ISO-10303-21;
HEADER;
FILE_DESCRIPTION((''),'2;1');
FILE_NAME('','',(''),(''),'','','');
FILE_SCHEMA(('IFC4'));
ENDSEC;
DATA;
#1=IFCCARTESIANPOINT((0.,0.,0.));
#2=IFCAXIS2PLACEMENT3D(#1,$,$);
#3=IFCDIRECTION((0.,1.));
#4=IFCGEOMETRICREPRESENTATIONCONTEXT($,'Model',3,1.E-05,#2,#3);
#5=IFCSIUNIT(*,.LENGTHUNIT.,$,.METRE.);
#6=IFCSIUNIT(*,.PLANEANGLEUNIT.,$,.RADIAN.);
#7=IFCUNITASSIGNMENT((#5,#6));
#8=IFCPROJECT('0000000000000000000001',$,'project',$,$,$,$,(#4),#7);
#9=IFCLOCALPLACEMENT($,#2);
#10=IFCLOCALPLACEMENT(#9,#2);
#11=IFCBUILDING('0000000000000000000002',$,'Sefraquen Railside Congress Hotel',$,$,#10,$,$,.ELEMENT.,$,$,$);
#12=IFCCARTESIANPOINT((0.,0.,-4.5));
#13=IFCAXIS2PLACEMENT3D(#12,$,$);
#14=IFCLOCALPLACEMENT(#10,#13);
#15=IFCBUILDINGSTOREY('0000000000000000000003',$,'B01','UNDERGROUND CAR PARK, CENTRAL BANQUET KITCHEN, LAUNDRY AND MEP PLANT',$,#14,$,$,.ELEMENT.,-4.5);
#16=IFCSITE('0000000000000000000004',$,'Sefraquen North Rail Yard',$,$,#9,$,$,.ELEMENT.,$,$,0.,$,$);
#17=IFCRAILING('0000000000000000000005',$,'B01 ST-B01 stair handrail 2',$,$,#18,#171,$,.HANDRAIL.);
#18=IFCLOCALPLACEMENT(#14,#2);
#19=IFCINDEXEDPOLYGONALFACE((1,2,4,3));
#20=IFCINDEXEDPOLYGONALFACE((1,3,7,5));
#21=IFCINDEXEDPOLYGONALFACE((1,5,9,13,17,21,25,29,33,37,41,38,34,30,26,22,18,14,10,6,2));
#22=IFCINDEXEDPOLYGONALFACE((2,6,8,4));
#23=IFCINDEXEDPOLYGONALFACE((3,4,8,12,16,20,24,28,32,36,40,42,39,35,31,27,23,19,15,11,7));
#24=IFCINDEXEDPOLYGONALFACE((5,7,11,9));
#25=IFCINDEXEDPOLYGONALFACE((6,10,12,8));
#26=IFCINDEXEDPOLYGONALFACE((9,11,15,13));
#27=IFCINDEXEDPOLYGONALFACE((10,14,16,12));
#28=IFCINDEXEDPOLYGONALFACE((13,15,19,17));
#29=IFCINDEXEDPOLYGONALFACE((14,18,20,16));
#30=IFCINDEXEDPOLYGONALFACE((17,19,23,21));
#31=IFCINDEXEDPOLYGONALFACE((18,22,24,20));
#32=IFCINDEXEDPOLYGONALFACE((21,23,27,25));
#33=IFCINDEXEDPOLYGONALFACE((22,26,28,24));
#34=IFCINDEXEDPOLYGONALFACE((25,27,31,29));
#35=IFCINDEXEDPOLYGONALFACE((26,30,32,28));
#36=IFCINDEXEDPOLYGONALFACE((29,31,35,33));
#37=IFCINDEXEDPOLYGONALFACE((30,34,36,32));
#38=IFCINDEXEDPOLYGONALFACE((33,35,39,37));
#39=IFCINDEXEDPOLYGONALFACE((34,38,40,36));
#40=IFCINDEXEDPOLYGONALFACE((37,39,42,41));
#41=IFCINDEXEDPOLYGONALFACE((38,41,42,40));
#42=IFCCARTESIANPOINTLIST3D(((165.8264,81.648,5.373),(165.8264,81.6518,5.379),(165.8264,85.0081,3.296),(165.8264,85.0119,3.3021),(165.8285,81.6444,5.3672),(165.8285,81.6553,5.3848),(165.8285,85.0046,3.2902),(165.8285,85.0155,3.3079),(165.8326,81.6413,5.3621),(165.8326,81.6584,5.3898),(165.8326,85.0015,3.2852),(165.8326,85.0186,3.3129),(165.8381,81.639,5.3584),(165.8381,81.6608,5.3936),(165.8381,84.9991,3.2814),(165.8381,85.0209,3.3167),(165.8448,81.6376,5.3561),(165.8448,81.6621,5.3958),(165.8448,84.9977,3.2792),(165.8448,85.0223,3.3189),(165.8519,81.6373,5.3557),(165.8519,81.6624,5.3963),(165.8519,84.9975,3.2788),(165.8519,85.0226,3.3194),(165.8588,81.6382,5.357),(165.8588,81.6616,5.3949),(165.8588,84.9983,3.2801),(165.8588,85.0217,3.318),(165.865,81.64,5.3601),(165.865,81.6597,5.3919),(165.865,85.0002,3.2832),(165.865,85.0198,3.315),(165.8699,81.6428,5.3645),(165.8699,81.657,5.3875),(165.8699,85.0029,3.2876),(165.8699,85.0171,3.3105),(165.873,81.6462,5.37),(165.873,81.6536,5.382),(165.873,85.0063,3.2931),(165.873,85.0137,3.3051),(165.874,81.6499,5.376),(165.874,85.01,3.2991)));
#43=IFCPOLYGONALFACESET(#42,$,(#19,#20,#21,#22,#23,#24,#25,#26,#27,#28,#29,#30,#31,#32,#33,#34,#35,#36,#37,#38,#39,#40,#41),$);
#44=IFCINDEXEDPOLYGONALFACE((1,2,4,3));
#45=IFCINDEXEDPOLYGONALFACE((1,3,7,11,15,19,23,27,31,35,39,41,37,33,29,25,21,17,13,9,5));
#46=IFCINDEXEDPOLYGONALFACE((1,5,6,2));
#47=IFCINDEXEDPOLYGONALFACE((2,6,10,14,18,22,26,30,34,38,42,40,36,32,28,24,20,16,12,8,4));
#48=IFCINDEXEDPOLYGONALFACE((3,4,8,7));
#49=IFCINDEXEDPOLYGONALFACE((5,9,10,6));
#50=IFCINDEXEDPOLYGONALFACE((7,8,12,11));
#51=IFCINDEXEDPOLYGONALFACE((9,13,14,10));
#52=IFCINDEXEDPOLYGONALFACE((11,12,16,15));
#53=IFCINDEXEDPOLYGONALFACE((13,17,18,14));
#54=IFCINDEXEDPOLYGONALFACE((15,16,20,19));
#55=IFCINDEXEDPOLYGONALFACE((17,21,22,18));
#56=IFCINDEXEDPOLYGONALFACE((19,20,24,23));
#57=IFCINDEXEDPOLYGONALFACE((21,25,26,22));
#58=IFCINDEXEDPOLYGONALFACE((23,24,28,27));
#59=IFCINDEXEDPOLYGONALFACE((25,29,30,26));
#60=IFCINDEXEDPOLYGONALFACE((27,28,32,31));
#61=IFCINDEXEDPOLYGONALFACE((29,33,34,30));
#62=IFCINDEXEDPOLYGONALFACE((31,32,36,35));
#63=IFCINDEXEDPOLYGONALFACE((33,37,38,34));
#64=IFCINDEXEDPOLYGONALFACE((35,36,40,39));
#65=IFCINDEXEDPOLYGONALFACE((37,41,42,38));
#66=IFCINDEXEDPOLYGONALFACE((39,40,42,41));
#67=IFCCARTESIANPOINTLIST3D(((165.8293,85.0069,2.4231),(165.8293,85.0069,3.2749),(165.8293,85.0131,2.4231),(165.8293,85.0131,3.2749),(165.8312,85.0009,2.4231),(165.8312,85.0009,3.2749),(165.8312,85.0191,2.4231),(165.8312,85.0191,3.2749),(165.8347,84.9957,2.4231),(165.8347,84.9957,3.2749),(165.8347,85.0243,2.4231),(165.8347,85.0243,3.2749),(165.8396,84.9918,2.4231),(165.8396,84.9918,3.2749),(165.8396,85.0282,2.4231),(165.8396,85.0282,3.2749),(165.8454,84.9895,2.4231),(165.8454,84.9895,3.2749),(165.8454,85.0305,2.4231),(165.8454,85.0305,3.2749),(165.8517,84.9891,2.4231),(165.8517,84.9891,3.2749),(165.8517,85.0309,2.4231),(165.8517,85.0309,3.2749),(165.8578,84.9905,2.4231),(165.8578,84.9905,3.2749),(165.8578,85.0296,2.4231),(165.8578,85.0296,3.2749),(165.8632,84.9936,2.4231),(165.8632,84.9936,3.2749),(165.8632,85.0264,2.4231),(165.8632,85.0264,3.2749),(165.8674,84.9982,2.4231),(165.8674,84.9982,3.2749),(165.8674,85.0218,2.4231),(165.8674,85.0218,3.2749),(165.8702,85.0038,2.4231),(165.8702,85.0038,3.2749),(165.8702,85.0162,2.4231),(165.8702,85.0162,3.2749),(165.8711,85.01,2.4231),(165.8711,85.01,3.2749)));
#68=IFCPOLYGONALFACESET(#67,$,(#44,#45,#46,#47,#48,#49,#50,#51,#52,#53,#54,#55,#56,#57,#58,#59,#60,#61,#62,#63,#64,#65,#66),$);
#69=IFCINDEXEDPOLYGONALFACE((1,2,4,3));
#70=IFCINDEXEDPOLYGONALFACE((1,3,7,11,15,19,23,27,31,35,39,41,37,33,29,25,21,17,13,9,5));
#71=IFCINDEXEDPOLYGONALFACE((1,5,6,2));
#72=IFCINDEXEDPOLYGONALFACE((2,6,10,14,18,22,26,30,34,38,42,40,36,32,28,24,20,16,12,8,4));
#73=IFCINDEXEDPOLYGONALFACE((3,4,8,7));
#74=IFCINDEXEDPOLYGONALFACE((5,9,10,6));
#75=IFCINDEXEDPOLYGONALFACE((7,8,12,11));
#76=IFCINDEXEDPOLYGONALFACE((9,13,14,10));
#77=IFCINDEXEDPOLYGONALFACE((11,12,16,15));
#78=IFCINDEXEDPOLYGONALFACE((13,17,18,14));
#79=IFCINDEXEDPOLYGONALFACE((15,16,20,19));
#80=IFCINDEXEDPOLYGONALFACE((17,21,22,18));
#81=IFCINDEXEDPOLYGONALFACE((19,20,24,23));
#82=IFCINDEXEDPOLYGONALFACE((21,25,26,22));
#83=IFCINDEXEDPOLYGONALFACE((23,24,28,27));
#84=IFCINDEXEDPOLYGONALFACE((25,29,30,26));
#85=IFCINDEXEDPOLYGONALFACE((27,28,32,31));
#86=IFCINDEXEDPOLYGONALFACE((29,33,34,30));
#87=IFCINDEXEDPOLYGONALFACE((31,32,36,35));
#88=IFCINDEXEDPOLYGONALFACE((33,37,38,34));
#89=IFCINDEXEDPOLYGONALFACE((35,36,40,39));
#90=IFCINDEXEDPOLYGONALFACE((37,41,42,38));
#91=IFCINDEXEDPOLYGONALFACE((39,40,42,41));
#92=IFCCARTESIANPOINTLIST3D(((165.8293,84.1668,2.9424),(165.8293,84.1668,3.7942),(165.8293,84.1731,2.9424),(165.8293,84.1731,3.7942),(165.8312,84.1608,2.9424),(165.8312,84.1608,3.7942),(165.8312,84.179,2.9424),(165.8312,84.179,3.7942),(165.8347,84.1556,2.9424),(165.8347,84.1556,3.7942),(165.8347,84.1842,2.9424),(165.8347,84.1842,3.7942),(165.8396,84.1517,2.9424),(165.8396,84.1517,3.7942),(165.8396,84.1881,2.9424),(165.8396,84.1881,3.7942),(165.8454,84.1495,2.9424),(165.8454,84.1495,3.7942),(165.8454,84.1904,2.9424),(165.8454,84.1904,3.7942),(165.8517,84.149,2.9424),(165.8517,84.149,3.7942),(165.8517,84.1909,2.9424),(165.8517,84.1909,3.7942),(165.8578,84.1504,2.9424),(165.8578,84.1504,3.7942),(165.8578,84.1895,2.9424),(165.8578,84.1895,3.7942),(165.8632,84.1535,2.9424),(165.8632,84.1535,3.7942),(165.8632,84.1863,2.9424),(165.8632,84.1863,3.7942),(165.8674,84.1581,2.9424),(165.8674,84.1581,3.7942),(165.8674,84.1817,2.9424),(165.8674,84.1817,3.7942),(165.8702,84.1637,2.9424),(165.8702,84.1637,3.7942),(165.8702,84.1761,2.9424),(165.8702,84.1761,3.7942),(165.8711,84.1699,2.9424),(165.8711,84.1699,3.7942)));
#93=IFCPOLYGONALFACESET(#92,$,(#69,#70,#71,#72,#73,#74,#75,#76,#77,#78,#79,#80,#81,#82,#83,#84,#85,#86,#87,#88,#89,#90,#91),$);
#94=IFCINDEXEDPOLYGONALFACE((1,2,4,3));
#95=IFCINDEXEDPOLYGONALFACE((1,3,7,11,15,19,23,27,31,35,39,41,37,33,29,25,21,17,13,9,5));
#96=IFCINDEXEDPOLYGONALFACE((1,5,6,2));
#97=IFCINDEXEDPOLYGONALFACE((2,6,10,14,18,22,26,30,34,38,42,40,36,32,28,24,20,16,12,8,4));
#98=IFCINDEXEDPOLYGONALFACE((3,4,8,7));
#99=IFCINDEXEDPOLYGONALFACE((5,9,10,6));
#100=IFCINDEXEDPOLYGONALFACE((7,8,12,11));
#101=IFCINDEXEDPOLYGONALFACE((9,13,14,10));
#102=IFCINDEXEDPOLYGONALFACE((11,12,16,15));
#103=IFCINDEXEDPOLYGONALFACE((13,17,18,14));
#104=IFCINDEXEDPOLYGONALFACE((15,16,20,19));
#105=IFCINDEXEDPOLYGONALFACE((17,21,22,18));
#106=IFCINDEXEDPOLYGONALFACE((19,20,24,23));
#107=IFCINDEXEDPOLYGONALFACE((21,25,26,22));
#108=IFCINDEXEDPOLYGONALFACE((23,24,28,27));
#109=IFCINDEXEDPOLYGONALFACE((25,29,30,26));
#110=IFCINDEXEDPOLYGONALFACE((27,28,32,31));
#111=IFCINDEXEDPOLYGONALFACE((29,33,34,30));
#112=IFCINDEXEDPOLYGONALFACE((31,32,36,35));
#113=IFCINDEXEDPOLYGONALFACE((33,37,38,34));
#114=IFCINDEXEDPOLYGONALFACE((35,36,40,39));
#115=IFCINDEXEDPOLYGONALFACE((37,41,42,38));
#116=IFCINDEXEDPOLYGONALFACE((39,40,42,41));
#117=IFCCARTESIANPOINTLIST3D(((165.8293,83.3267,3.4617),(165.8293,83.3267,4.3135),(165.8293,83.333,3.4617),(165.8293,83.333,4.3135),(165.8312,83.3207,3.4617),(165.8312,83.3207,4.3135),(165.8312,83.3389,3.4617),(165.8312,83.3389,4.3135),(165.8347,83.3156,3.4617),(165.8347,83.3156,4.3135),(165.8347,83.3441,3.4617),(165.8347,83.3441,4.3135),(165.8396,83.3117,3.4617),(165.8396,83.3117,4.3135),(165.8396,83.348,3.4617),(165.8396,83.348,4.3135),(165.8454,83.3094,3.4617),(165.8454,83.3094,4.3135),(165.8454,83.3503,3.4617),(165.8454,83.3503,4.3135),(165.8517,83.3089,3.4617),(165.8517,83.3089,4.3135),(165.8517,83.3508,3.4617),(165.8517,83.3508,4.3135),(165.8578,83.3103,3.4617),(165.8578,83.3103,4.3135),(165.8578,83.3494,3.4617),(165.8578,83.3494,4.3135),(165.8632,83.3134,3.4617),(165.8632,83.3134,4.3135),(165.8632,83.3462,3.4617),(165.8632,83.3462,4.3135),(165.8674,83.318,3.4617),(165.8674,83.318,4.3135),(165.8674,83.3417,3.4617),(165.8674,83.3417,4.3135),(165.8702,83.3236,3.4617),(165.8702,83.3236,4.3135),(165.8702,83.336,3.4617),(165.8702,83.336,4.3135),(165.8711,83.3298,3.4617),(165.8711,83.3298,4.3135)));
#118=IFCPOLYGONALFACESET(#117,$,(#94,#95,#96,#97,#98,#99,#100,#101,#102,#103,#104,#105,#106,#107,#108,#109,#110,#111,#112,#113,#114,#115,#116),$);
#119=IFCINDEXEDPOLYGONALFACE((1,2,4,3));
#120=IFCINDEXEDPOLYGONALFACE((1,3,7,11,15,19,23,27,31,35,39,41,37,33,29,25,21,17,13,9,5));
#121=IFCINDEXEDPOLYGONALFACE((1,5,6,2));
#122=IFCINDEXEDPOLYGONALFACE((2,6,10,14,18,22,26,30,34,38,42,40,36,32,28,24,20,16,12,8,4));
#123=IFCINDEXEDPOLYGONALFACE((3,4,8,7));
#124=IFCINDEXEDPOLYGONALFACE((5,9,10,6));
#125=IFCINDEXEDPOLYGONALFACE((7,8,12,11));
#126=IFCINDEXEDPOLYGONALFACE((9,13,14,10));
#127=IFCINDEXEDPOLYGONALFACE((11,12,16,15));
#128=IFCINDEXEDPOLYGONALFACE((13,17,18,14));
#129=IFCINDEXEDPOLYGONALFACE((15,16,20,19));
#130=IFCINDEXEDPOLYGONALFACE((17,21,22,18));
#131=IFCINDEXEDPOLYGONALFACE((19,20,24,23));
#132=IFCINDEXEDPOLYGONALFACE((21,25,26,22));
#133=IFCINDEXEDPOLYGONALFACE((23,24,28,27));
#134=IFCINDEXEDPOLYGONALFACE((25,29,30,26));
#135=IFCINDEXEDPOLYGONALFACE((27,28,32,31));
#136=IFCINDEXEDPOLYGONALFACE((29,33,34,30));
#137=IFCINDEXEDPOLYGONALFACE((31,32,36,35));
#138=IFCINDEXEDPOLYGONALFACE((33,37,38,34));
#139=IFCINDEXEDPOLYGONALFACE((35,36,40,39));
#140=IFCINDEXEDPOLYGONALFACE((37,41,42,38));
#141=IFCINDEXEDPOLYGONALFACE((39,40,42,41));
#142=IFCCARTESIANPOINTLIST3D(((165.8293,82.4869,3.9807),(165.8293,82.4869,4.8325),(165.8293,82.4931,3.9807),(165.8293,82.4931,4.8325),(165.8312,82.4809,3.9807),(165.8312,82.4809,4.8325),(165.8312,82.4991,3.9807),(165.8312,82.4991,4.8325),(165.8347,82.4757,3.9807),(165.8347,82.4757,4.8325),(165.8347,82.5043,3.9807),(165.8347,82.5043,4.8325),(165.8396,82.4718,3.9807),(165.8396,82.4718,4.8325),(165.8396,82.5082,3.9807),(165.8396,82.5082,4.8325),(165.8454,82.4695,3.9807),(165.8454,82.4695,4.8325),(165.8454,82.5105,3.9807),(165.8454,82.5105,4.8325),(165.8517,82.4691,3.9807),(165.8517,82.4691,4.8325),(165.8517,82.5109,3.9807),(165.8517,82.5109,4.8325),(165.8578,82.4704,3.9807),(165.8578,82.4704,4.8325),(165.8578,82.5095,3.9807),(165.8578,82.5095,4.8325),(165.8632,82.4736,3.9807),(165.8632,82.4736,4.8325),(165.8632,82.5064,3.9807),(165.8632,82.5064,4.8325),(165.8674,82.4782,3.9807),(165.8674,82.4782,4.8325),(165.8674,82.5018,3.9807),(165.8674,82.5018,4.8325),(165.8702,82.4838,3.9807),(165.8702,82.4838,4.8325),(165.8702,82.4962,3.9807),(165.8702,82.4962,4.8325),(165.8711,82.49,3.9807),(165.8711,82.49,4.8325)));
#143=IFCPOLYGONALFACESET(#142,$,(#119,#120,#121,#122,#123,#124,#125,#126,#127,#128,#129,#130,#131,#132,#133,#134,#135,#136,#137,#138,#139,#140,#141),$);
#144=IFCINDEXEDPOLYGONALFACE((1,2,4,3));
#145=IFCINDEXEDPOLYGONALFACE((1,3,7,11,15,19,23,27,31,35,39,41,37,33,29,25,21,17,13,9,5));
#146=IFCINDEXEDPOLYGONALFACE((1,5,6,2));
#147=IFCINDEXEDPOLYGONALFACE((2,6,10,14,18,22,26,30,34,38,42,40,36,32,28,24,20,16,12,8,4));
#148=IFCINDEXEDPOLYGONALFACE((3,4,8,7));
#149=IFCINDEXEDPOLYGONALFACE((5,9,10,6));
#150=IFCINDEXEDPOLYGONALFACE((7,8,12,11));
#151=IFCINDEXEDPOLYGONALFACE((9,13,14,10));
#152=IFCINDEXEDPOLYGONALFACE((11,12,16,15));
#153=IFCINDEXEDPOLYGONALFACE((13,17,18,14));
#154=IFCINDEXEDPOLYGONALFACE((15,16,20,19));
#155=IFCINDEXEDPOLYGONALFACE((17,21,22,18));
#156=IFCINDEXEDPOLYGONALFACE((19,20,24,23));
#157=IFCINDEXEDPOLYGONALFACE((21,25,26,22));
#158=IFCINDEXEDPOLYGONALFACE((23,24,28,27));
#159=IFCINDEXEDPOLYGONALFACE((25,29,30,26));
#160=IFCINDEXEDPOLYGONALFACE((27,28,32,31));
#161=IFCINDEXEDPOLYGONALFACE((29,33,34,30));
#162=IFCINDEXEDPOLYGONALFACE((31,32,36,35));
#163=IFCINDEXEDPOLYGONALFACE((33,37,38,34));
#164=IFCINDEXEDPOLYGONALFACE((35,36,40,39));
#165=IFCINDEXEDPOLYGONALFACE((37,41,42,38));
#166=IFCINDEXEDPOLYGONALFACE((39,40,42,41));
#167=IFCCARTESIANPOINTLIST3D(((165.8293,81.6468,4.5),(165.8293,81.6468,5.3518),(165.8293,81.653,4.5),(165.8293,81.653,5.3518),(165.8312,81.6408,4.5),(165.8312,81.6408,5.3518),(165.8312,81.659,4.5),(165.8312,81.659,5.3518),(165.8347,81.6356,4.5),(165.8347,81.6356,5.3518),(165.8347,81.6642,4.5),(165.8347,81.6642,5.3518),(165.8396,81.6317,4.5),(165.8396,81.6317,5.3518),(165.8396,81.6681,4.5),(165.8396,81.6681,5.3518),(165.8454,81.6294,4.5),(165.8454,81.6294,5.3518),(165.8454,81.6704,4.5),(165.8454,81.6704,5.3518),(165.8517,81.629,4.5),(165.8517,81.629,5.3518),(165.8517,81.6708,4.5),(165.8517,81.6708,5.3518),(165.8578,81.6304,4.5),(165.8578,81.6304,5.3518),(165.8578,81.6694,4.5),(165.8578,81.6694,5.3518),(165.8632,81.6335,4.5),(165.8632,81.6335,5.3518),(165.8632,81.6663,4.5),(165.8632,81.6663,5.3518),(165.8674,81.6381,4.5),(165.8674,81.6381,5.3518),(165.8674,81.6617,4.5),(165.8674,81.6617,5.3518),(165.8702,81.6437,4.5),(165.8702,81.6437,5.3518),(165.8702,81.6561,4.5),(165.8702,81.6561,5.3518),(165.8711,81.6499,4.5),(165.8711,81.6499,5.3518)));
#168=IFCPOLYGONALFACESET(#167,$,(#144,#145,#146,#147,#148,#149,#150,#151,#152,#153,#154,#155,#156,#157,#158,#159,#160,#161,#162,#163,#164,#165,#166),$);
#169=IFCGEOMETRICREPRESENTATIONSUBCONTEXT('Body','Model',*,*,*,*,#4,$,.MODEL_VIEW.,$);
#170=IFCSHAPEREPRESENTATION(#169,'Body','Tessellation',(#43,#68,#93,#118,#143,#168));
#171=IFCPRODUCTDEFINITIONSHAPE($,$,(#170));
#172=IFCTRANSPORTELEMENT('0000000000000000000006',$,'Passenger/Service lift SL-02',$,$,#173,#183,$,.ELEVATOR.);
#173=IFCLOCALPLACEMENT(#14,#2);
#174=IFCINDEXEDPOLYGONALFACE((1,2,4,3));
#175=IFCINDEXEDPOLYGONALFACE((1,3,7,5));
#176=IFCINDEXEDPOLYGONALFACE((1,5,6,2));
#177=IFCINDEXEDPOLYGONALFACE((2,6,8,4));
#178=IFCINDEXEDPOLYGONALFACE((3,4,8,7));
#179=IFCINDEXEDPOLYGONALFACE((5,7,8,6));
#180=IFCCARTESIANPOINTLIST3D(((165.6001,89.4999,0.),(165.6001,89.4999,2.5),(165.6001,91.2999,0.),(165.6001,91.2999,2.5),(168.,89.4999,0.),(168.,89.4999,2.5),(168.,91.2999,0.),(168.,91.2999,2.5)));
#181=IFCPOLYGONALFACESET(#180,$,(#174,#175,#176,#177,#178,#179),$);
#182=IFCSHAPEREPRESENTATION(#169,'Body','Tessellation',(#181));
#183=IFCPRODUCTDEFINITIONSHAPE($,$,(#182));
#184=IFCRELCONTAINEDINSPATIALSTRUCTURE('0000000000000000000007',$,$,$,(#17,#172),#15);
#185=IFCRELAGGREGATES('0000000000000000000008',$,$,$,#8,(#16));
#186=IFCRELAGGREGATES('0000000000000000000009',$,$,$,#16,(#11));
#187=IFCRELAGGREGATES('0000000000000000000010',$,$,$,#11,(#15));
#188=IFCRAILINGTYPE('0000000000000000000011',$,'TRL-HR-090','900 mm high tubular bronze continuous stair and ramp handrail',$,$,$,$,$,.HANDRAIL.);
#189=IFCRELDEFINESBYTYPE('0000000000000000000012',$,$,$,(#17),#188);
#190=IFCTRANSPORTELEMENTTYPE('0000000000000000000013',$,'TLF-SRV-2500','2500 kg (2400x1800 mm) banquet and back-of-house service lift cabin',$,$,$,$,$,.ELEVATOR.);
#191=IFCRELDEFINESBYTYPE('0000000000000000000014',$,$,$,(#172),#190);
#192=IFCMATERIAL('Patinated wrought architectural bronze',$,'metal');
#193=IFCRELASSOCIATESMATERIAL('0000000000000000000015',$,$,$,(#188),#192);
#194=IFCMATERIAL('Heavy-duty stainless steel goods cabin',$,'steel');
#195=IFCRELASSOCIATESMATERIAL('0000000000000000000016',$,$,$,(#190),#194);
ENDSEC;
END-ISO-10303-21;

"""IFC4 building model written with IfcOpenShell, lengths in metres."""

from ifc_helpers import new_model, si_unit, direction, frame, origin, origin_2d, place, context, subcontext, project, spatial, rectangle, circle, extrude, material, type_object, element, save


model = new_model("IFC4")

# Units and contexts
model_context = context("Model", 3, precision=1e-05, world=origin(), true_north=direction((0.0, 1.0)))
body_context = subcontext(model_context, "Body", "Model", "MODEL_VIEW")
ifc_project = project(units=[si_unit("LENGTHUNIT", "METRE"), si_unit("PLANEANGLEUNIT", "RADIAN")], contexts=[model_context])

# Site, building, storey
site_placement = place(None, origin())
site = spatial("IfcSite", under=ifc_project, at=site_placement, Name="Sefraquen North Rail Yard", CompositionType="ELEMENT", RefElevation=0.0)
building_placement = place(site_placement, origin())
building = spatial("IfcBuilding", under=site, at=building_placement, Name="Sefraquen Railside Congress Hotel", CompositionType="ELEMENT")
storey_placement = place(building_placement, frame((0.0, 0.0, -4.5)))
storey = spatial("IfcBuildingStorey", under=building, at=storey_placement, Name="B01", Description="UNDERGROUND CAR PARK, CENTRAL BANQUET KITCHEN, LAUNDRY AND MEP PLANT", CompositionType="ELEMENT", Elevation=-4.5)

# Railing
ifc_material_1 = material(Name="Patinated wrought architectural bronze", Category="metal")
railing_type_1 = type_object("IfcRailingType", Name="TRL-HR-090", Description="900 mm high tubular bronze continuous stair and ramp handrail", PredefinedType="HANDRAIL", material=ifc_material_1)
railing_1_placement = place(storey_placement, frame((165.8501, 85.01, 2.4231)))
element("IfcRailing", 1, at=railing_1_placement, inside=storey, type_object=railing_type_1, Name="B01 ST-B01 stair handrail 2", PredefinedType="HANDRAIL", context=body_context, shape_type="SweptSolid", body=[
    extrude(circle(Radius=0.0239, at=origin_2d()), frame((0.0, 0.0, 0.876), z_axis=(0.0, -0.850623, 0.525776), x_axis=(1.0, 0.0, 0.0)), (0.0, 0.0, 1.0), 3.9502),
    extrude(circle(Radius=0.021, at=origin_2d()), origin(), (0.0, 0.0, 1.0), 0.8518),
    extrude(circle(Radius=0.021, at=origin_2d()), frame((0.0, -0.8401, 0.5193)), (0.0, 0.0, 1.0), 0.8518),
    extrude(circle(Radius=0.021, at=origin_2d()), frame((0.0, -1.6802, 1.0386)), (0.0, 0.0, 1.0), 0.8518),
    extrude(circle(Radius=0.021, at=origin_2d()), frame((0.0, -2.52, 1.5576)), (0.0, 0.0, 1.0), 0.8518),
    extrude(circle(Radius=0.021, at=origin_2d()), frame((0.0, -3.3601, 2.0769)), (0.0, 0.0, 1.0), 0.8518),
])

# Transport element
ifc_material_2 = material(Name="Heavy-duty stainless steel goods cabin", Category="steel")
transport_element_type = type_object("IfcTransportElementType", Name="TLF-SRV-2500", Description="2500 kg (2400x1800 mm) banquet and back-of-house service lift cabin", PredefinedType="ELEVATOR", material=ifc_material_2)
transport_element_placement = place(storey_placement, frame((166.8, 90.3999, 0.0), z_axis=(0.0, 0.0, 1.0), x_axis=(1.0, 0.0, 0.0)))
element("IfcTransportElement", 2, at=transport_element_placement, inside=storey, type_object=transport_element_type, Name="Passenger/Service lift SL-02", PredefinedType="ELEVATOR", context=body_context, shape_type="SweptSolid", body=[
    extrude(rectangle(XDim=2.3999, YDim=1.8, at=origin_2d()), origin(), (0.0, 0.0, 1.0), 2.5),
])

save(model, "model.ifc")
